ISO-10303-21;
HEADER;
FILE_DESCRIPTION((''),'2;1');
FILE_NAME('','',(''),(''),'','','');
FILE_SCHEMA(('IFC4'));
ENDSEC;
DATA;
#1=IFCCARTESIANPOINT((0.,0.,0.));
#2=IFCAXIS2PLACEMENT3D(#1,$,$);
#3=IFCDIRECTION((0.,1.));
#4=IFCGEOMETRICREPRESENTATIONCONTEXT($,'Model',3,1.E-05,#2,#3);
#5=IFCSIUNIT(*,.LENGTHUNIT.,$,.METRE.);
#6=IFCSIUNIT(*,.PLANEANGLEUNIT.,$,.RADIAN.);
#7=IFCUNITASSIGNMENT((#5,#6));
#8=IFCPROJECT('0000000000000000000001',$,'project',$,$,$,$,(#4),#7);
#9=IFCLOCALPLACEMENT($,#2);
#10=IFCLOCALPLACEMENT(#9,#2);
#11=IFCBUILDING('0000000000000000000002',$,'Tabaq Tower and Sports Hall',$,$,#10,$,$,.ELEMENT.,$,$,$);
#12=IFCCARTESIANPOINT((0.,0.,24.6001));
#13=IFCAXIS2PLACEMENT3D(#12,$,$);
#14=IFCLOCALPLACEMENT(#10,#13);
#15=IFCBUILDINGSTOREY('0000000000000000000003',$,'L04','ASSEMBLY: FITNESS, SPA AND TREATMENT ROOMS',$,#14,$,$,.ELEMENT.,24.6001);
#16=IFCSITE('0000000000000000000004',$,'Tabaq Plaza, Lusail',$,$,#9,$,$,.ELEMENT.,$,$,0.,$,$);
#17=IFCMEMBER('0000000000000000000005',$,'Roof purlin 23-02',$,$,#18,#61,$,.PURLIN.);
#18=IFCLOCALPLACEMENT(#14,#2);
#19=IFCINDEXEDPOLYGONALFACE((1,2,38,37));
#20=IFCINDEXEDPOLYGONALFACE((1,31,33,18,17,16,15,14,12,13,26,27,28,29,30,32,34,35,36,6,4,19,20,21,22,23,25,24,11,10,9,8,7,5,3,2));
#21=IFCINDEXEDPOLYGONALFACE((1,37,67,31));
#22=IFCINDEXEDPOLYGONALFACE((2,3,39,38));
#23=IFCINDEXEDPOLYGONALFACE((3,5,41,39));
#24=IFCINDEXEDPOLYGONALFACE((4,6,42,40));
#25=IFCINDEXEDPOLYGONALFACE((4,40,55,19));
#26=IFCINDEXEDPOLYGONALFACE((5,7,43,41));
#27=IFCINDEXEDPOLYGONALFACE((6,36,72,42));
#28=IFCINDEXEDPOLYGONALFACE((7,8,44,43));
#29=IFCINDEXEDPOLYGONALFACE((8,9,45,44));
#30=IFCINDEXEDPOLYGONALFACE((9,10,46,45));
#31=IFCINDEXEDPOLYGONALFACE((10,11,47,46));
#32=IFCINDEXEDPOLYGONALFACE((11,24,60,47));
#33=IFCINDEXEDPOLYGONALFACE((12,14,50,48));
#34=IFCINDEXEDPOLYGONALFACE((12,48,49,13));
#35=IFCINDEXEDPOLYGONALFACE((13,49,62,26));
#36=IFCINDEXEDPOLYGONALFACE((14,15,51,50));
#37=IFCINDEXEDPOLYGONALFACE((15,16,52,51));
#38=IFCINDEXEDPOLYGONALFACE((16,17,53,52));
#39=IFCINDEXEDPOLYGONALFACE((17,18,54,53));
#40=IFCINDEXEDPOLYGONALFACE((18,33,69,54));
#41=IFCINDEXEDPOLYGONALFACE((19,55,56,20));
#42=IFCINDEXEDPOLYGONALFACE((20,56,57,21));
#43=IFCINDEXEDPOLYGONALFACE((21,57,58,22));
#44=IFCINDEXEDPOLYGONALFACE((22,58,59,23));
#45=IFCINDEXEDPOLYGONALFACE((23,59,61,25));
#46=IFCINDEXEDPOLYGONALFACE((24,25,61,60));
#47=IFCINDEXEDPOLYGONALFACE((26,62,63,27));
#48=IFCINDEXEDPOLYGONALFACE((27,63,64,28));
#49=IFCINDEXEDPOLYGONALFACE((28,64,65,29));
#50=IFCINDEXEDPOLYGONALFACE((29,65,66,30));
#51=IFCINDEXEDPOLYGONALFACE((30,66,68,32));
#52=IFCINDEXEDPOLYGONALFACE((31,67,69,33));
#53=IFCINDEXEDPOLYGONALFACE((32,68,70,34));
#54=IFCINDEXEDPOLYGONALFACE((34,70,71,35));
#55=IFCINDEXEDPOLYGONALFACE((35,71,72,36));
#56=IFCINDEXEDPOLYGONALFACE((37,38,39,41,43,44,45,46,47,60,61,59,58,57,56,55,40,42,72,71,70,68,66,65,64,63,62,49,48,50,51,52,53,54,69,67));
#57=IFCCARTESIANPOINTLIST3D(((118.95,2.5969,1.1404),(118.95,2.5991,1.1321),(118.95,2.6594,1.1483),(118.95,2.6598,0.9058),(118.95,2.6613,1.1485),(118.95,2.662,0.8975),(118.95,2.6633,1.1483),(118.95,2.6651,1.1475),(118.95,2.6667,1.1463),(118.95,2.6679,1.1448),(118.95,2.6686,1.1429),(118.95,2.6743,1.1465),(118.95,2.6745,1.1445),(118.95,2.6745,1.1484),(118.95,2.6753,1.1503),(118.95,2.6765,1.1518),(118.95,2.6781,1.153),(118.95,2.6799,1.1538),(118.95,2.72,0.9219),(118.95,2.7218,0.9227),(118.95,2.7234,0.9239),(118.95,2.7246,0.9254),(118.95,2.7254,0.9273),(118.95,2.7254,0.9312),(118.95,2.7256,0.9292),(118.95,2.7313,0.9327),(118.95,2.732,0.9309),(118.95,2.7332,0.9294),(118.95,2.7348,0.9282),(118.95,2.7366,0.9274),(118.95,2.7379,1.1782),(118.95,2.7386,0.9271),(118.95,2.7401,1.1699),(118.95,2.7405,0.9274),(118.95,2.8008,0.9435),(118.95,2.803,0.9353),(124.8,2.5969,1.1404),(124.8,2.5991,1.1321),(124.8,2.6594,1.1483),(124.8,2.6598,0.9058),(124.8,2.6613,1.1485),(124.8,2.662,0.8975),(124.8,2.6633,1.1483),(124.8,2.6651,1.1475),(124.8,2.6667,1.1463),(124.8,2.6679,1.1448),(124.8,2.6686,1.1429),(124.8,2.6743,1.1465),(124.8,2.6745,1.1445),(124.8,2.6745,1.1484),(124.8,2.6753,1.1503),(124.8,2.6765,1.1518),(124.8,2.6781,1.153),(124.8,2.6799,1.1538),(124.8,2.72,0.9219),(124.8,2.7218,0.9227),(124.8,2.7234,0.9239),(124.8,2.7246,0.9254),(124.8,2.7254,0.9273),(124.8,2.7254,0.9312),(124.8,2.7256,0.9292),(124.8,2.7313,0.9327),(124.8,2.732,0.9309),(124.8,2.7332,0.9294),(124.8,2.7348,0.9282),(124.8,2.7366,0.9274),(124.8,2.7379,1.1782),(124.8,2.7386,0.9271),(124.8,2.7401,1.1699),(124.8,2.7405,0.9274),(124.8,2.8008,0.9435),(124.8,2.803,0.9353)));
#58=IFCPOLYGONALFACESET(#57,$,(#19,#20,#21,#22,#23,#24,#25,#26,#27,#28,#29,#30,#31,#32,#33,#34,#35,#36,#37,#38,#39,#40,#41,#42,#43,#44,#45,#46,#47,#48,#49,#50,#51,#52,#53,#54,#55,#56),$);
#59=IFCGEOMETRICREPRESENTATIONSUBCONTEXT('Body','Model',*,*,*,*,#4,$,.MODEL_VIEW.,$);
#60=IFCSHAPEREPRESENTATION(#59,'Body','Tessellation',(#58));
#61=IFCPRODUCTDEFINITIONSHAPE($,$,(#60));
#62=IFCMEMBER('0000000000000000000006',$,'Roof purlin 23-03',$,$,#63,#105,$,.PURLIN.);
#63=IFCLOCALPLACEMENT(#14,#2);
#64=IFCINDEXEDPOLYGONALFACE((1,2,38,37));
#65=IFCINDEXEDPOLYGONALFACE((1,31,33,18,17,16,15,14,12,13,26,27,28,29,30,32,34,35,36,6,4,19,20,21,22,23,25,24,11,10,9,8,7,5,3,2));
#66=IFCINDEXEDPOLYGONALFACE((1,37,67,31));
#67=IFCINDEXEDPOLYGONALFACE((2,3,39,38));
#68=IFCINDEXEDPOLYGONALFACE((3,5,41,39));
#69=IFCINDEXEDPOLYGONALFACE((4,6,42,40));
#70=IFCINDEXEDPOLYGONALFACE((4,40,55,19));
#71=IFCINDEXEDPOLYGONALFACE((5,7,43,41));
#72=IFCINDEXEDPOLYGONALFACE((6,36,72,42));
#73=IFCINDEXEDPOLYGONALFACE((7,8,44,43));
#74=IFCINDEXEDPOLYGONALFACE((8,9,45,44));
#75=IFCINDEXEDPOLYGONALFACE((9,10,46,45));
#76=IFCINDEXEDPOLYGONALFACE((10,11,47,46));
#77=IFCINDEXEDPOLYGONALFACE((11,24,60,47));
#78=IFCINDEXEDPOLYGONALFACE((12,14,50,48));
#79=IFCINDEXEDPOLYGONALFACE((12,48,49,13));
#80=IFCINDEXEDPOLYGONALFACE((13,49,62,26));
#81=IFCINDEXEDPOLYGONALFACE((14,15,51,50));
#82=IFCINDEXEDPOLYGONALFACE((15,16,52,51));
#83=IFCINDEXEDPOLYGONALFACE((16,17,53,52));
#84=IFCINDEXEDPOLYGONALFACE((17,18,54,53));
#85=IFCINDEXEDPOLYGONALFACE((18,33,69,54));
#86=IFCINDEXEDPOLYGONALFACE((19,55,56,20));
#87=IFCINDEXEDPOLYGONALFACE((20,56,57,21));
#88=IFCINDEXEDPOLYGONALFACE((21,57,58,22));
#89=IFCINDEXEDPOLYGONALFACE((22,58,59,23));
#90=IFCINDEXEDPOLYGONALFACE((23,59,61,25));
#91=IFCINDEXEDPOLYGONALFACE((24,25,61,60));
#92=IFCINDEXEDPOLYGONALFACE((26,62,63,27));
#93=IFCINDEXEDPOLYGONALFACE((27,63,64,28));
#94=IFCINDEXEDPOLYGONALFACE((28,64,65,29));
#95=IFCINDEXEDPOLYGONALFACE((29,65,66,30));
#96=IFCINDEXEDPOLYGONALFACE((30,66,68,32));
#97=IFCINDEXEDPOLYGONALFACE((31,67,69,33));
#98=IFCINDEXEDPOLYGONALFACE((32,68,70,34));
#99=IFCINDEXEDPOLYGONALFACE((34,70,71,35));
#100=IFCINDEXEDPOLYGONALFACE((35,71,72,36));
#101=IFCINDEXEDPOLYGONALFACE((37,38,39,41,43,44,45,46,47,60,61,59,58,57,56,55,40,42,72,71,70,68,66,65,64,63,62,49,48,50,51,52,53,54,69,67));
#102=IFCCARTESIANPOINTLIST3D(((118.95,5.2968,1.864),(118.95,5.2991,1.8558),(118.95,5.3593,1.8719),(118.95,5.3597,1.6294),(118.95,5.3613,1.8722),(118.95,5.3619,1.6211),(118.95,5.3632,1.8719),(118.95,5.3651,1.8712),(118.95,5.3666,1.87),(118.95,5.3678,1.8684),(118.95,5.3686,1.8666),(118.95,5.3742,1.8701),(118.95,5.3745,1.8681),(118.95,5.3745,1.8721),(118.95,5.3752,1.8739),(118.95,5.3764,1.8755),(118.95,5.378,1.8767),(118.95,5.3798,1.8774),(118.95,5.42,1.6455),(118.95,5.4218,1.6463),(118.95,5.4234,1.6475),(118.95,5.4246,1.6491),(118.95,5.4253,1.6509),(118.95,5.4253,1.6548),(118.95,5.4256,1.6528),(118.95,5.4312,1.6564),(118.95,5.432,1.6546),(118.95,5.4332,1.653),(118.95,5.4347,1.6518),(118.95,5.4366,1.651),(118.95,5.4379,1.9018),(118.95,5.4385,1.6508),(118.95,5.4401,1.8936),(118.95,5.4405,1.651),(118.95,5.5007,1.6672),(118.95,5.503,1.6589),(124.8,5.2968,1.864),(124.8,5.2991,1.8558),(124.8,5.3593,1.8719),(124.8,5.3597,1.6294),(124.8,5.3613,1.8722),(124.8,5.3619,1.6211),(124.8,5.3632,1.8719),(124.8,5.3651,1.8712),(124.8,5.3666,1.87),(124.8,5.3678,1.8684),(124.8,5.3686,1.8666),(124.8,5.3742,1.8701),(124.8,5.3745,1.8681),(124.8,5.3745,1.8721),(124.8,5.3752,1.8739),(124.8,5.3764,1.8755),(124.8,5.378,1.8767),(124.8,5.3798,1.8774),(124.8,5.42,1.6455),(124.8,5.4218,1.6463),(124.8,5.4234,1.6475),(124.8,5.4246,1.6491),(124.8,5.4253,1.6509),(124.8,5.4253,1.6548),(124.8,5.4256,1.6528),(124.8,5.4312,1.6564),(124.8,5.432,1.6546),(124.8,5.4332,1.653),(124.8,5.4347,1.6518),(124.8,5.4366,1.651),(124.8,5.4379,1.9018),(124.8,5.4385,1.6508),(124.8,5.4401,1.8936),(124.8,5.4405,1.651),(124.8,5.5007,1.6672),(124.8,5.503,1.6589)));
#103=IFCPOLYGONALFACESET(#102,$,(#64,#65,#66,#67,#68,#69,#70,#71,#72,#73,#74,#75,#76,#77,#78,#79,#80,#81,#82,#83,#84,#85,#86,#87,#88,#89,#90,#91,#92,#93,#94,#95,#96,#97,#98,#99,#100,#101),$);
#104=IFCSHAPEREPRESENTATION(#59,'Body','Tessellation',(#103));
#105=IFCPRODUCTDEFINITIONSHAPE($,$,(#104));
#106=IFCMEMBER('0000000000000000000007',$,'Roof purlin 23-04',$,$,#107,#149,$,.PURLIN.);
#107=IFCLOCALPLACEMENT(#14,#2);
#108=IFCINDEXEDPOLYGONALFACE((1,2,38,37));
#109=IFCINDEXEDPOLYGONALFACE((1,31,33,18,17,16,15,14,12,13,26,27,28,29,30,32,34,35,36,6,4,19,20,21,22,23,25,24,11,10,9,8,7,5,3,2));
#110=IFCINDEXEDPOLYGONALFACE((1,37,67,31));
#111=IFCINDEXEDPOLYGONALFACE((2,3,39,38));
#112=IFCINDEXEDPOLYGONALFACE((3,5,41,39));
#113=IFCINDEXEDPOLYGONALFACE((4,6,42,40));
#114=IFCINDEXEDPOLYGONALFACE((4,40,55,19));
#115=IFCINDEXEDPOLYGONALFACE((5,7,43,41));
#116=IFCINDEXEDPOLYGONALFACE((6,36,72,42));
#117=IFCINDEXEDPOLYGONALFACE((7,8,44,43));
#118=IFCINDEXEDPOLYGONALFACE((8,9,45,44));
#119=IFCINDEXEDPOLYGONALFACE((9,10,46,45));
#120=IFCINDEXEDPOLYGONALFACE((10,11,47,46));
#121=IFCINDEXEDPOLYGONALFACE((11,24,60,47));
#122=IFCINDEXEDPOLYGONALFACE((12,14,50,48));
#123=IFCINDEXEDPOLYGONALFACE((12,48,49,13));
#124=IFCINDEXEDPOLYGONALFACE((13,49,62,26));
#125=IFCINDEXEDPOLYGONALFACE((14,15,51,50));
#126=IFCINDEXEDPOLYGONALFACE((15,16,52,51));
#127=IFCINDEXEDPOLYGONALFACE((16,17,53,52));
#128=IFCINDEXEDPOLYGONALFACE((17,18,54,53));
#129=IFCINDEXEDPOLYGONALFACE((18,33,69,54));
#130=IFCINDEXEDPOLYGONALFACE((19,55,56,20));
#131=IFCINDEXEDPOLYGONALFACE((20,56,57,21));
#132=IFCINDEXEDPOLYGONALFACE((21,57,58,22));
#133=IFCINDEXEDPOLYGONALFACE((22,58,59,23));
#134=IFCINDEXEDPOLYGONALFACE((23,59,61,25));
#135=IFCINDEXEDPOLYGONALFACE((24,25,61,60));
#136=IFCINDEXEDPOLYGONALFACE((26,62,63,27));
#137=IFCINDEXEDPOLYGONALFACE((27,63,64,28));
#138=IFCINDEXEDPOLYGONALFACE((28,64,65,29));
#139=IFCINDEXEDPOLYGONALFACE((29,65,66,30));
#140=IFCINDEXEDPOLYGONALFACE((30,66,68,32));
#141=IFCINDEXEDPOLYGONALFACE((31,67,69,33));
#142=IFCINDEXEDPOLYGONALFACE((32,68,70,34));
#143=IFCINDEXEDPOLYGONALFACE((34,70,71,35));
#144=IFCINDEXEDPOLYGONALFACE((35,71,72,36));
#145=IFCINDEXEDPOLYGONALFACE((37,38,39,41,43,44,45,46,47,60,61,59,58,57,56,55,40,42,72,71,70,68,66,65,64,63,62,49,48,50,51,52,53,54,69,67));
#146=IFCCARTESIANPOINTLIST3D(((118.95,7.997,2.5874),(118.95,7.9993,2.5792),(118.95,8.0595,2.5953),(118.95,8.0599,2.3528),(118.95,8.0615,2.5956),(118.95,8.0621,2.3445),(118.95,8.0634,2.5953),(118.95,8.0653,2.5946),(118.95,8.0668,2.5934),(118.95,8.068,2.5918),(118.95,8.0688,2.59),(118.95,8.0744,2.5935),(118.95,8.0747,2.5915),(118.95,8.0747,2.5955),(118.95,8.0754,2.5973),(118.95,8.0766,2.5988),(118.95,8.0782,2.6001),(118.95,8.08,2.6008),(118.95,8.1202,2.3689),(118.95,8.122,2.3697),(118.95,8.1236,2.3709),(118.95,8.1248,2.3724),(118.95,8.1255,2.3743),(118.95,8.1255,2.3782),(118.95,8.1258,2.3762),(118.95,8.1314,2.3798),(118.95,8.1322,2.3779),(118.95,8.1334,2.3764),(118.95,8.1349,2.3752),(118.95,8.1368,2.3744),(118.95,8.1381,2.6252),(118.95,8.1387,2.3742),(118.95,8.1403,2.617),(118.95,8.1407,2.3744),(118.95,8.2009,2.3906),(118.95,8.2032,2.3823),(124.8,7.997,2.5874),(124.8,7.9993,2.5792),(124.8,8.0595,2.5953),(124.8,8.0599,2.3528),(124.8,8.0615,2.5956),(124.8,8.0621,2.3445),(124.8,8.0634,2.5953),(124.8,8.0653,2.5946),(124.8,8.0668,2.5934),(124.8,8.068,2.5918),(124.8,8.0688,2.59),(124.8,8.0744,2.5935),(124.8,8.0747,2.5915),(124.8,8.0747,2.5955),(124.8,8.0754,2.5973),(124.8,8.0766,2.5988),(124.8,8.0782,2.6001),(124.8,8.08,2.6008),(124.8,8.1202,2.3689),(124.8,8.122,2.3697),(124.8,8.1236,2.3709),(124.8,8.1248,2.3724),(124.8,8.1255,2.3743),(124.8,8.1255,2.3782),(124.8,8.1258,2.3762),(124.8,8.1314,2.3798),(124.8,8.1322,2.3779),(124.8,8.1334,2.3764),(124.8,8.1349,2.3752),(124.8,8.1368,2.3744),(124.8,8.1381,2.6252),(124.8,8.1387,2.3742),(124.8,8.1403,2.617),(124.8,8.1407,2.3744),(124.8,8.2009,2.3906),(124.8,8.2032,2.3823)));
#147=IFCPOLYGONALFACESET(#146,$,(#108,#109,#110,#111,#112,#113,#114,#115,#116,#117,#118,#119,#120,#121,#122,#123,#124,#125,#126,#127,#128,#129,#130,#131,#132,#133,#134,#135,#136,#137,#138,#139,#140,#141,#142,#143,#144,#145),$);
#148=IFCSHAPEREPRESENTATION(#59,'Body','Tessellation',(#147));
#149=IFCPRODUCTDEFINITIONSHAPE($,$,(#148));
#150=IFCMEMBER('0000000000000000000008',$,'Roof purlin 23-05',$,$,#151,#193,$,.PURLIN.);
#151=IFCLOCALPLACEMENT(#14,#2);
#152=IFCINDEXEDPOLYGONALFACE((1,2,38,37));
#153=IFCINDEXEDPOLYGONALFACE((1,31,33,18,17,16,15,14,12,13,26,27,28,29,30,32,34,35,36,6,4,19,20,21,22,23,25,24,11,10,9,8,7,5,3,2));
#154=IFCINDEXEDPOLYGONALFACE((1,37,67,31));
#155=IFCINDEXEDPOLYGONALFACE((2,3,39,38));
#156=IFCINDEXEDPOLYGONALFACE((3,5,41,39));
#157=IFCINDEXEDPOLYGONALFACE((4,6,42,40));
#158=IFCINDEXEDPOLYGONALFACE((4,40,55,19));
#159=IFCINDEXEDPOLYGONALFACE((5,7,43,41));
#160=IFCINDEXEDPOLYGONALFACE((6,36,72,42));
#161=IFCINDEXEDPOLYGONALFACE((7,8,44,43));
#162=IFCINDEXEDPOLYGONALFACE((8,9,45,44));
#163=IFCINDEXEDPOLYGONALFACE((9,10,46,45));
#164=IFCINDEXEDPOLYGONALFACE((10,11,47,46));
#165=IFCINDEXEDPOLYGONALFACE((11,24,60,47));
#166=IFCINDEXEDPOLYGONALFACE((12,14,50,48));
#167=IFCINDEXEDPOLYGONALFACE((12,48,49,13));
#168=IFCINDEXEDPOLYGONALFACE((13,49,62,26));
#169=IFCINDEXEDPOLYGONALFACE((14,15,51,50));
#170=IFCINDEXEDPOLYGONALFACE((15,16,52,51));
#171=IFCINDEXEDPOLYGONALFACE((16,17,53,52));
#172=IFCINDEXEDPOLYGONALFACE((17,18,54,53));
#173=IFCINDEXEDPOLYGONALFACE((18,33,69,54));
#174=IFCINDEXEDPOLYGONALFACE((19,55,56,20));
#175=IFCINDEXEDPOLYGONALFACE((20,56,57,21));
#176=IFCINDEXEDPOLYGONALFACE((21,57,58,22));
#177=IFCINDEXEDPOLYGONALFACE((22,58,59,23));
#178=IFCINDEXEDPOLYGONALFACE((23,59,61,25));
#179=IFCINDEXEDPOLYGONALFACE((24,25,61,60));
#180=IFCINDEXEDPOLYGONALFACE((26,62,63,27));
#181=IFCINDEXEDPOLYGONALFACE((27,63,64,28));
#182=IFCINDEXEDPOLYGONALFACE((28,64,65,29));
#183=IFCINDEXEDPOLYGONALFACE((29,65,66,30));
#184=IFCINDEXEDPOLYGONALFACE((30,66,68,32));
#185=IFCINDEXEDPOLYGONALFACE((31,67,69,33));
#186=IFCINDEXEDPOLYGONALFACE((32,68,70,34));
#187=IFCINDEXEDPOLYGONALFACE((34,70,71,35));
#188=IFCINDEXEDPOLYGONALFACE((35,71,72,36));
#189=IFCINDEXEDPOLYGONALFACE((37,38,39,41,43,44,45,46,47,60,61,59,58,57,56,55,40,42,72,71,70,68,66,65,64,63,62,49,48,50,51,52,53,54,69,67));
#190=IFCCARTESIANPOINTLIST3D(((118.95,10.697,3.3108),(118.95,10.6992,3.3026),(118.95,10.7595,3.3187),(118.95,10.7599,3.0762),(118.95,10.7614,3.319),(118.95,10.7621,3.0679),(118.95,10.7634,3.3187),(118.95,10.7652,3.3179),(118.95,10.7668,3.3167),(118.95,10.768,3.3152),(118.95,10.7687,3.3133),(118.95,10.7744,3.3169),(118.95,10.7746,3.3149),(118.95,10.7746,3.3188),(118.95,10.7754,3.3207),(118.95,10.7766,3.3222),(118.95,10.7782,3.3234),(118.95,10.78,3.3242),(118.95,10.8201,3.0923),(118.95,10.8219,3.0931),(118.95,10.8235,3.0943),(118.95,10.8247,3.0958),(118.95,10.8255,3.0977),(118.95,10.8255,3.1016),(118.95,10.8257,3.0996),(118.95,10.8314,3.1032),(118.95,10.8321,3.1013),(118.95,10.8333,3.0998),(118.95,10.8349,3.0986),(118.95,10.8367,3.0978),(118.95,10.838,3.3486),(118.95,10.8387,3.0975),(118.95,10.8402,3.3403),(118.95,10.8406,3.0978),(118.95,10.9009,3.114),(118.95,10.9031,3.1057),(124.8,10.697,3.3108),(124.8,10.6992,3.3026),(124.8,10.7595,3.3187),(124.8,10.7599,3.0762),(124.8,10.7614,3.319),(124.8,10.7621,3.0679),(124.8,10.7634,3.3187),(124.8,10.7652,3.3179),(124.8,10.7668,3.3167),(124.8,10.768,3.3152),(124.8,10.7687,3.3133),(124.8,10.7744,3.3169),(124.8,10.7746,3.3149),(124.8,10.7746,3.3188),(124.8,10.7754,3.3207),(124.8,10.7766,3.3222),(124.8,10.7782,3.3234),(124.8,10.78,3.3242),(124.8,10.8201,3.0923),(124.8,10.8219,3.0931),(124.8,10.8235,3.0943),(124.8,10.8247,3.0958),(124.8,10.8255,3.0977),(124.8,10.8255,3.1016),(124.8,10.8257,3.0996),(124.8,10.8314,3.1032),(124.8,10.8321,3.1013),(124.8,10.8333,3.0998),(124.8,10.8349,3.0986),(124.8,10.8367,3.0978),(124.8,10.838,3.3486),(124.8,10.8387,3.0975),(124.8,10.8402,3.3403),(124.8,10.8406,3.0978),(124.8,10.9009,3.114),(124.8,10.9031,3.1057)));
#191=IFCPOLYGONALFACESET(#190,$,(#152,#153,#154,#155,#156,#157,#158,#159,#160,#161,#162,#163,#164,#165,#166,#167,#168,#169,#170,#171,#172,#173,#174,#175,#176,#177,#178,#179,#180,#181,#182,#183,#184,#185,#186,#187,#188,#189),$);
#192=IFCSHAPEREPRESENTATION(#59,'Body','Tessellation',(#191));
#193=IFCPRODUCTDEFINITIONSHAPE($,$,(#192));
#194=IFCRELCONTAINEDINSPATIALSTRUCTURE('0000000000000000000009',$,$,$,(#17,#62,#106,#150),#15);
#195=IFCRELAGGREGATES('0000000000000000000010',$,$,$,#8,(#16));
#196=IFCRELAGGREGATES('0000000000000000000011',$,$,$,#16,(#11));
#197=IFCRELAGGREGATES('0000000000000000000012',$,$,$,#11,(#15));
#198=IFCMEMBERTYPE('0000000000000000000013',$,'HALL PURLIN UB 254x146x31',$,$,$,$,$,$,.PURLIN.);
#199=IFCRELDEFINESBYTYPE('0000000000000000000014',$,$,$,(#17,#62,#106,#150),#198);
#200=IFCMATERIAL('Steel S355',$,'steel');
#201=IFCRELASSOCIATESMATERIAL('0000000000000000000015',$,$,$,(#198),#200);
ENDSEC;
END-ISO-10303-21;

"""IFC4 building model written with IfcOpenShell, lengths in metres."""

from ifc_helpers import new_model, si_unit, direction, frame, origin, origin_2d, place, context, subcontext, project, spatial, i_section, extrude, material, material_profile, profile_set, type_object, element, save


model = new_model("IFC4")

# Units and contexts
model_context = context("Model", 3, precision=1e-05, world=origin(), true_north=direction((0.0, 1.0)))
body_context = subcontext(model_context, "Body", "Model", "MODEL_VIEW")
ifc_project = project(units=[si_unit("LENGTHUNIT", "METRE"), si_unit("PLANEANGLEUNIT", "RADIAN")], contexts=[model_context])

# Site, building, storey
site_placement = place(None, origin())
site = spatial("IfcSite", under=ifc_project, at=site_placement, Name="Tabaq Plaza, Lusail", CompositionType="ELEMENT", RefElevation=0.0)
building_placement = place(site_placement, origin())
building = spatial("IfcBuilding", under=site, at=building_placement, Name="Tabaq Tower and Sports Hall", CompositionType="ELEMENT")
storey_placement = place(building_placement, frame((0.0, 0.0, 24.6001)))
storey = spatial("IfcBuildingStorey", under=building, at=storey_placement, Name="L04", Description="ASSEMBLY: FITNESS, SPA AND TREATMENT ROOMS", CompositionType="ELEMENT", Elevation=24.6001)

# Members
ifc_material_1 = material(Name="Steel S355", Category="steel")
ifc_material_profile_1 = material_profile(ifc_material_1, i_section(OverallWidth=0.146, OverallDepth=0.2515, WebThickness=0.0061, FlangeThickness=0.0085, FilletRadius=0.0076, at=origin_2d()), Name="UB 254x146x31")
ifc_profile_set_1 = profile_set([ifc_material_profile_1], Name="Steel S355")
member_type_1 = type_object("IfcMemberType", Name="HALL PURLIN UB 254x146x31", PredefinedType="PURLIN", material=ifc_profile_set_1)
for number, where, z_axis, x_axis, name in (
    (1, (118.95, 2.7, 1.0378), (1.0, 0.0, 0.0), (0.0, 0.965926, 0.258819), "Roof purlin 23-02"),
    (2, (118.95, 5.3999, 1.7615), (1.0, 0.0, 0.0), (0.0, 0.965926, 0.258819), "Roof purlin 23-03"),
    (3, (118.95, 8.1001, 2.4849), (1.0, 0.0, 0.0), (0.0, 0.965926, 0.258819), "Roof purlin 23-04"),
    (4, (118.95, 10.8, 3.2083), (1.0, 0.0, 0.0), (0.0, 0.965926, 0.258819), "Roof purlin 23-05"),
):
    element("IfcMember", number, at=place(storey_placement, frame(where, z_axis=z_axis, x_axis=x_axis)), inside=storey, type_object=member_type_1, Name=name, PredefinedType="PURLIN", context=body_context, shape_type="SweptSolid", body=[
        extrude(i_section(OverallWidth=0.146, OverallDepth=0.2515, WebThickness=0.0061, FlangeThickness=0.0085, FilletRadius=0.0076, at=origin_2d()), origin(), (0.0, 0.0, 1.0), 5.8501),
    ])

save(model, "model.ifc")
